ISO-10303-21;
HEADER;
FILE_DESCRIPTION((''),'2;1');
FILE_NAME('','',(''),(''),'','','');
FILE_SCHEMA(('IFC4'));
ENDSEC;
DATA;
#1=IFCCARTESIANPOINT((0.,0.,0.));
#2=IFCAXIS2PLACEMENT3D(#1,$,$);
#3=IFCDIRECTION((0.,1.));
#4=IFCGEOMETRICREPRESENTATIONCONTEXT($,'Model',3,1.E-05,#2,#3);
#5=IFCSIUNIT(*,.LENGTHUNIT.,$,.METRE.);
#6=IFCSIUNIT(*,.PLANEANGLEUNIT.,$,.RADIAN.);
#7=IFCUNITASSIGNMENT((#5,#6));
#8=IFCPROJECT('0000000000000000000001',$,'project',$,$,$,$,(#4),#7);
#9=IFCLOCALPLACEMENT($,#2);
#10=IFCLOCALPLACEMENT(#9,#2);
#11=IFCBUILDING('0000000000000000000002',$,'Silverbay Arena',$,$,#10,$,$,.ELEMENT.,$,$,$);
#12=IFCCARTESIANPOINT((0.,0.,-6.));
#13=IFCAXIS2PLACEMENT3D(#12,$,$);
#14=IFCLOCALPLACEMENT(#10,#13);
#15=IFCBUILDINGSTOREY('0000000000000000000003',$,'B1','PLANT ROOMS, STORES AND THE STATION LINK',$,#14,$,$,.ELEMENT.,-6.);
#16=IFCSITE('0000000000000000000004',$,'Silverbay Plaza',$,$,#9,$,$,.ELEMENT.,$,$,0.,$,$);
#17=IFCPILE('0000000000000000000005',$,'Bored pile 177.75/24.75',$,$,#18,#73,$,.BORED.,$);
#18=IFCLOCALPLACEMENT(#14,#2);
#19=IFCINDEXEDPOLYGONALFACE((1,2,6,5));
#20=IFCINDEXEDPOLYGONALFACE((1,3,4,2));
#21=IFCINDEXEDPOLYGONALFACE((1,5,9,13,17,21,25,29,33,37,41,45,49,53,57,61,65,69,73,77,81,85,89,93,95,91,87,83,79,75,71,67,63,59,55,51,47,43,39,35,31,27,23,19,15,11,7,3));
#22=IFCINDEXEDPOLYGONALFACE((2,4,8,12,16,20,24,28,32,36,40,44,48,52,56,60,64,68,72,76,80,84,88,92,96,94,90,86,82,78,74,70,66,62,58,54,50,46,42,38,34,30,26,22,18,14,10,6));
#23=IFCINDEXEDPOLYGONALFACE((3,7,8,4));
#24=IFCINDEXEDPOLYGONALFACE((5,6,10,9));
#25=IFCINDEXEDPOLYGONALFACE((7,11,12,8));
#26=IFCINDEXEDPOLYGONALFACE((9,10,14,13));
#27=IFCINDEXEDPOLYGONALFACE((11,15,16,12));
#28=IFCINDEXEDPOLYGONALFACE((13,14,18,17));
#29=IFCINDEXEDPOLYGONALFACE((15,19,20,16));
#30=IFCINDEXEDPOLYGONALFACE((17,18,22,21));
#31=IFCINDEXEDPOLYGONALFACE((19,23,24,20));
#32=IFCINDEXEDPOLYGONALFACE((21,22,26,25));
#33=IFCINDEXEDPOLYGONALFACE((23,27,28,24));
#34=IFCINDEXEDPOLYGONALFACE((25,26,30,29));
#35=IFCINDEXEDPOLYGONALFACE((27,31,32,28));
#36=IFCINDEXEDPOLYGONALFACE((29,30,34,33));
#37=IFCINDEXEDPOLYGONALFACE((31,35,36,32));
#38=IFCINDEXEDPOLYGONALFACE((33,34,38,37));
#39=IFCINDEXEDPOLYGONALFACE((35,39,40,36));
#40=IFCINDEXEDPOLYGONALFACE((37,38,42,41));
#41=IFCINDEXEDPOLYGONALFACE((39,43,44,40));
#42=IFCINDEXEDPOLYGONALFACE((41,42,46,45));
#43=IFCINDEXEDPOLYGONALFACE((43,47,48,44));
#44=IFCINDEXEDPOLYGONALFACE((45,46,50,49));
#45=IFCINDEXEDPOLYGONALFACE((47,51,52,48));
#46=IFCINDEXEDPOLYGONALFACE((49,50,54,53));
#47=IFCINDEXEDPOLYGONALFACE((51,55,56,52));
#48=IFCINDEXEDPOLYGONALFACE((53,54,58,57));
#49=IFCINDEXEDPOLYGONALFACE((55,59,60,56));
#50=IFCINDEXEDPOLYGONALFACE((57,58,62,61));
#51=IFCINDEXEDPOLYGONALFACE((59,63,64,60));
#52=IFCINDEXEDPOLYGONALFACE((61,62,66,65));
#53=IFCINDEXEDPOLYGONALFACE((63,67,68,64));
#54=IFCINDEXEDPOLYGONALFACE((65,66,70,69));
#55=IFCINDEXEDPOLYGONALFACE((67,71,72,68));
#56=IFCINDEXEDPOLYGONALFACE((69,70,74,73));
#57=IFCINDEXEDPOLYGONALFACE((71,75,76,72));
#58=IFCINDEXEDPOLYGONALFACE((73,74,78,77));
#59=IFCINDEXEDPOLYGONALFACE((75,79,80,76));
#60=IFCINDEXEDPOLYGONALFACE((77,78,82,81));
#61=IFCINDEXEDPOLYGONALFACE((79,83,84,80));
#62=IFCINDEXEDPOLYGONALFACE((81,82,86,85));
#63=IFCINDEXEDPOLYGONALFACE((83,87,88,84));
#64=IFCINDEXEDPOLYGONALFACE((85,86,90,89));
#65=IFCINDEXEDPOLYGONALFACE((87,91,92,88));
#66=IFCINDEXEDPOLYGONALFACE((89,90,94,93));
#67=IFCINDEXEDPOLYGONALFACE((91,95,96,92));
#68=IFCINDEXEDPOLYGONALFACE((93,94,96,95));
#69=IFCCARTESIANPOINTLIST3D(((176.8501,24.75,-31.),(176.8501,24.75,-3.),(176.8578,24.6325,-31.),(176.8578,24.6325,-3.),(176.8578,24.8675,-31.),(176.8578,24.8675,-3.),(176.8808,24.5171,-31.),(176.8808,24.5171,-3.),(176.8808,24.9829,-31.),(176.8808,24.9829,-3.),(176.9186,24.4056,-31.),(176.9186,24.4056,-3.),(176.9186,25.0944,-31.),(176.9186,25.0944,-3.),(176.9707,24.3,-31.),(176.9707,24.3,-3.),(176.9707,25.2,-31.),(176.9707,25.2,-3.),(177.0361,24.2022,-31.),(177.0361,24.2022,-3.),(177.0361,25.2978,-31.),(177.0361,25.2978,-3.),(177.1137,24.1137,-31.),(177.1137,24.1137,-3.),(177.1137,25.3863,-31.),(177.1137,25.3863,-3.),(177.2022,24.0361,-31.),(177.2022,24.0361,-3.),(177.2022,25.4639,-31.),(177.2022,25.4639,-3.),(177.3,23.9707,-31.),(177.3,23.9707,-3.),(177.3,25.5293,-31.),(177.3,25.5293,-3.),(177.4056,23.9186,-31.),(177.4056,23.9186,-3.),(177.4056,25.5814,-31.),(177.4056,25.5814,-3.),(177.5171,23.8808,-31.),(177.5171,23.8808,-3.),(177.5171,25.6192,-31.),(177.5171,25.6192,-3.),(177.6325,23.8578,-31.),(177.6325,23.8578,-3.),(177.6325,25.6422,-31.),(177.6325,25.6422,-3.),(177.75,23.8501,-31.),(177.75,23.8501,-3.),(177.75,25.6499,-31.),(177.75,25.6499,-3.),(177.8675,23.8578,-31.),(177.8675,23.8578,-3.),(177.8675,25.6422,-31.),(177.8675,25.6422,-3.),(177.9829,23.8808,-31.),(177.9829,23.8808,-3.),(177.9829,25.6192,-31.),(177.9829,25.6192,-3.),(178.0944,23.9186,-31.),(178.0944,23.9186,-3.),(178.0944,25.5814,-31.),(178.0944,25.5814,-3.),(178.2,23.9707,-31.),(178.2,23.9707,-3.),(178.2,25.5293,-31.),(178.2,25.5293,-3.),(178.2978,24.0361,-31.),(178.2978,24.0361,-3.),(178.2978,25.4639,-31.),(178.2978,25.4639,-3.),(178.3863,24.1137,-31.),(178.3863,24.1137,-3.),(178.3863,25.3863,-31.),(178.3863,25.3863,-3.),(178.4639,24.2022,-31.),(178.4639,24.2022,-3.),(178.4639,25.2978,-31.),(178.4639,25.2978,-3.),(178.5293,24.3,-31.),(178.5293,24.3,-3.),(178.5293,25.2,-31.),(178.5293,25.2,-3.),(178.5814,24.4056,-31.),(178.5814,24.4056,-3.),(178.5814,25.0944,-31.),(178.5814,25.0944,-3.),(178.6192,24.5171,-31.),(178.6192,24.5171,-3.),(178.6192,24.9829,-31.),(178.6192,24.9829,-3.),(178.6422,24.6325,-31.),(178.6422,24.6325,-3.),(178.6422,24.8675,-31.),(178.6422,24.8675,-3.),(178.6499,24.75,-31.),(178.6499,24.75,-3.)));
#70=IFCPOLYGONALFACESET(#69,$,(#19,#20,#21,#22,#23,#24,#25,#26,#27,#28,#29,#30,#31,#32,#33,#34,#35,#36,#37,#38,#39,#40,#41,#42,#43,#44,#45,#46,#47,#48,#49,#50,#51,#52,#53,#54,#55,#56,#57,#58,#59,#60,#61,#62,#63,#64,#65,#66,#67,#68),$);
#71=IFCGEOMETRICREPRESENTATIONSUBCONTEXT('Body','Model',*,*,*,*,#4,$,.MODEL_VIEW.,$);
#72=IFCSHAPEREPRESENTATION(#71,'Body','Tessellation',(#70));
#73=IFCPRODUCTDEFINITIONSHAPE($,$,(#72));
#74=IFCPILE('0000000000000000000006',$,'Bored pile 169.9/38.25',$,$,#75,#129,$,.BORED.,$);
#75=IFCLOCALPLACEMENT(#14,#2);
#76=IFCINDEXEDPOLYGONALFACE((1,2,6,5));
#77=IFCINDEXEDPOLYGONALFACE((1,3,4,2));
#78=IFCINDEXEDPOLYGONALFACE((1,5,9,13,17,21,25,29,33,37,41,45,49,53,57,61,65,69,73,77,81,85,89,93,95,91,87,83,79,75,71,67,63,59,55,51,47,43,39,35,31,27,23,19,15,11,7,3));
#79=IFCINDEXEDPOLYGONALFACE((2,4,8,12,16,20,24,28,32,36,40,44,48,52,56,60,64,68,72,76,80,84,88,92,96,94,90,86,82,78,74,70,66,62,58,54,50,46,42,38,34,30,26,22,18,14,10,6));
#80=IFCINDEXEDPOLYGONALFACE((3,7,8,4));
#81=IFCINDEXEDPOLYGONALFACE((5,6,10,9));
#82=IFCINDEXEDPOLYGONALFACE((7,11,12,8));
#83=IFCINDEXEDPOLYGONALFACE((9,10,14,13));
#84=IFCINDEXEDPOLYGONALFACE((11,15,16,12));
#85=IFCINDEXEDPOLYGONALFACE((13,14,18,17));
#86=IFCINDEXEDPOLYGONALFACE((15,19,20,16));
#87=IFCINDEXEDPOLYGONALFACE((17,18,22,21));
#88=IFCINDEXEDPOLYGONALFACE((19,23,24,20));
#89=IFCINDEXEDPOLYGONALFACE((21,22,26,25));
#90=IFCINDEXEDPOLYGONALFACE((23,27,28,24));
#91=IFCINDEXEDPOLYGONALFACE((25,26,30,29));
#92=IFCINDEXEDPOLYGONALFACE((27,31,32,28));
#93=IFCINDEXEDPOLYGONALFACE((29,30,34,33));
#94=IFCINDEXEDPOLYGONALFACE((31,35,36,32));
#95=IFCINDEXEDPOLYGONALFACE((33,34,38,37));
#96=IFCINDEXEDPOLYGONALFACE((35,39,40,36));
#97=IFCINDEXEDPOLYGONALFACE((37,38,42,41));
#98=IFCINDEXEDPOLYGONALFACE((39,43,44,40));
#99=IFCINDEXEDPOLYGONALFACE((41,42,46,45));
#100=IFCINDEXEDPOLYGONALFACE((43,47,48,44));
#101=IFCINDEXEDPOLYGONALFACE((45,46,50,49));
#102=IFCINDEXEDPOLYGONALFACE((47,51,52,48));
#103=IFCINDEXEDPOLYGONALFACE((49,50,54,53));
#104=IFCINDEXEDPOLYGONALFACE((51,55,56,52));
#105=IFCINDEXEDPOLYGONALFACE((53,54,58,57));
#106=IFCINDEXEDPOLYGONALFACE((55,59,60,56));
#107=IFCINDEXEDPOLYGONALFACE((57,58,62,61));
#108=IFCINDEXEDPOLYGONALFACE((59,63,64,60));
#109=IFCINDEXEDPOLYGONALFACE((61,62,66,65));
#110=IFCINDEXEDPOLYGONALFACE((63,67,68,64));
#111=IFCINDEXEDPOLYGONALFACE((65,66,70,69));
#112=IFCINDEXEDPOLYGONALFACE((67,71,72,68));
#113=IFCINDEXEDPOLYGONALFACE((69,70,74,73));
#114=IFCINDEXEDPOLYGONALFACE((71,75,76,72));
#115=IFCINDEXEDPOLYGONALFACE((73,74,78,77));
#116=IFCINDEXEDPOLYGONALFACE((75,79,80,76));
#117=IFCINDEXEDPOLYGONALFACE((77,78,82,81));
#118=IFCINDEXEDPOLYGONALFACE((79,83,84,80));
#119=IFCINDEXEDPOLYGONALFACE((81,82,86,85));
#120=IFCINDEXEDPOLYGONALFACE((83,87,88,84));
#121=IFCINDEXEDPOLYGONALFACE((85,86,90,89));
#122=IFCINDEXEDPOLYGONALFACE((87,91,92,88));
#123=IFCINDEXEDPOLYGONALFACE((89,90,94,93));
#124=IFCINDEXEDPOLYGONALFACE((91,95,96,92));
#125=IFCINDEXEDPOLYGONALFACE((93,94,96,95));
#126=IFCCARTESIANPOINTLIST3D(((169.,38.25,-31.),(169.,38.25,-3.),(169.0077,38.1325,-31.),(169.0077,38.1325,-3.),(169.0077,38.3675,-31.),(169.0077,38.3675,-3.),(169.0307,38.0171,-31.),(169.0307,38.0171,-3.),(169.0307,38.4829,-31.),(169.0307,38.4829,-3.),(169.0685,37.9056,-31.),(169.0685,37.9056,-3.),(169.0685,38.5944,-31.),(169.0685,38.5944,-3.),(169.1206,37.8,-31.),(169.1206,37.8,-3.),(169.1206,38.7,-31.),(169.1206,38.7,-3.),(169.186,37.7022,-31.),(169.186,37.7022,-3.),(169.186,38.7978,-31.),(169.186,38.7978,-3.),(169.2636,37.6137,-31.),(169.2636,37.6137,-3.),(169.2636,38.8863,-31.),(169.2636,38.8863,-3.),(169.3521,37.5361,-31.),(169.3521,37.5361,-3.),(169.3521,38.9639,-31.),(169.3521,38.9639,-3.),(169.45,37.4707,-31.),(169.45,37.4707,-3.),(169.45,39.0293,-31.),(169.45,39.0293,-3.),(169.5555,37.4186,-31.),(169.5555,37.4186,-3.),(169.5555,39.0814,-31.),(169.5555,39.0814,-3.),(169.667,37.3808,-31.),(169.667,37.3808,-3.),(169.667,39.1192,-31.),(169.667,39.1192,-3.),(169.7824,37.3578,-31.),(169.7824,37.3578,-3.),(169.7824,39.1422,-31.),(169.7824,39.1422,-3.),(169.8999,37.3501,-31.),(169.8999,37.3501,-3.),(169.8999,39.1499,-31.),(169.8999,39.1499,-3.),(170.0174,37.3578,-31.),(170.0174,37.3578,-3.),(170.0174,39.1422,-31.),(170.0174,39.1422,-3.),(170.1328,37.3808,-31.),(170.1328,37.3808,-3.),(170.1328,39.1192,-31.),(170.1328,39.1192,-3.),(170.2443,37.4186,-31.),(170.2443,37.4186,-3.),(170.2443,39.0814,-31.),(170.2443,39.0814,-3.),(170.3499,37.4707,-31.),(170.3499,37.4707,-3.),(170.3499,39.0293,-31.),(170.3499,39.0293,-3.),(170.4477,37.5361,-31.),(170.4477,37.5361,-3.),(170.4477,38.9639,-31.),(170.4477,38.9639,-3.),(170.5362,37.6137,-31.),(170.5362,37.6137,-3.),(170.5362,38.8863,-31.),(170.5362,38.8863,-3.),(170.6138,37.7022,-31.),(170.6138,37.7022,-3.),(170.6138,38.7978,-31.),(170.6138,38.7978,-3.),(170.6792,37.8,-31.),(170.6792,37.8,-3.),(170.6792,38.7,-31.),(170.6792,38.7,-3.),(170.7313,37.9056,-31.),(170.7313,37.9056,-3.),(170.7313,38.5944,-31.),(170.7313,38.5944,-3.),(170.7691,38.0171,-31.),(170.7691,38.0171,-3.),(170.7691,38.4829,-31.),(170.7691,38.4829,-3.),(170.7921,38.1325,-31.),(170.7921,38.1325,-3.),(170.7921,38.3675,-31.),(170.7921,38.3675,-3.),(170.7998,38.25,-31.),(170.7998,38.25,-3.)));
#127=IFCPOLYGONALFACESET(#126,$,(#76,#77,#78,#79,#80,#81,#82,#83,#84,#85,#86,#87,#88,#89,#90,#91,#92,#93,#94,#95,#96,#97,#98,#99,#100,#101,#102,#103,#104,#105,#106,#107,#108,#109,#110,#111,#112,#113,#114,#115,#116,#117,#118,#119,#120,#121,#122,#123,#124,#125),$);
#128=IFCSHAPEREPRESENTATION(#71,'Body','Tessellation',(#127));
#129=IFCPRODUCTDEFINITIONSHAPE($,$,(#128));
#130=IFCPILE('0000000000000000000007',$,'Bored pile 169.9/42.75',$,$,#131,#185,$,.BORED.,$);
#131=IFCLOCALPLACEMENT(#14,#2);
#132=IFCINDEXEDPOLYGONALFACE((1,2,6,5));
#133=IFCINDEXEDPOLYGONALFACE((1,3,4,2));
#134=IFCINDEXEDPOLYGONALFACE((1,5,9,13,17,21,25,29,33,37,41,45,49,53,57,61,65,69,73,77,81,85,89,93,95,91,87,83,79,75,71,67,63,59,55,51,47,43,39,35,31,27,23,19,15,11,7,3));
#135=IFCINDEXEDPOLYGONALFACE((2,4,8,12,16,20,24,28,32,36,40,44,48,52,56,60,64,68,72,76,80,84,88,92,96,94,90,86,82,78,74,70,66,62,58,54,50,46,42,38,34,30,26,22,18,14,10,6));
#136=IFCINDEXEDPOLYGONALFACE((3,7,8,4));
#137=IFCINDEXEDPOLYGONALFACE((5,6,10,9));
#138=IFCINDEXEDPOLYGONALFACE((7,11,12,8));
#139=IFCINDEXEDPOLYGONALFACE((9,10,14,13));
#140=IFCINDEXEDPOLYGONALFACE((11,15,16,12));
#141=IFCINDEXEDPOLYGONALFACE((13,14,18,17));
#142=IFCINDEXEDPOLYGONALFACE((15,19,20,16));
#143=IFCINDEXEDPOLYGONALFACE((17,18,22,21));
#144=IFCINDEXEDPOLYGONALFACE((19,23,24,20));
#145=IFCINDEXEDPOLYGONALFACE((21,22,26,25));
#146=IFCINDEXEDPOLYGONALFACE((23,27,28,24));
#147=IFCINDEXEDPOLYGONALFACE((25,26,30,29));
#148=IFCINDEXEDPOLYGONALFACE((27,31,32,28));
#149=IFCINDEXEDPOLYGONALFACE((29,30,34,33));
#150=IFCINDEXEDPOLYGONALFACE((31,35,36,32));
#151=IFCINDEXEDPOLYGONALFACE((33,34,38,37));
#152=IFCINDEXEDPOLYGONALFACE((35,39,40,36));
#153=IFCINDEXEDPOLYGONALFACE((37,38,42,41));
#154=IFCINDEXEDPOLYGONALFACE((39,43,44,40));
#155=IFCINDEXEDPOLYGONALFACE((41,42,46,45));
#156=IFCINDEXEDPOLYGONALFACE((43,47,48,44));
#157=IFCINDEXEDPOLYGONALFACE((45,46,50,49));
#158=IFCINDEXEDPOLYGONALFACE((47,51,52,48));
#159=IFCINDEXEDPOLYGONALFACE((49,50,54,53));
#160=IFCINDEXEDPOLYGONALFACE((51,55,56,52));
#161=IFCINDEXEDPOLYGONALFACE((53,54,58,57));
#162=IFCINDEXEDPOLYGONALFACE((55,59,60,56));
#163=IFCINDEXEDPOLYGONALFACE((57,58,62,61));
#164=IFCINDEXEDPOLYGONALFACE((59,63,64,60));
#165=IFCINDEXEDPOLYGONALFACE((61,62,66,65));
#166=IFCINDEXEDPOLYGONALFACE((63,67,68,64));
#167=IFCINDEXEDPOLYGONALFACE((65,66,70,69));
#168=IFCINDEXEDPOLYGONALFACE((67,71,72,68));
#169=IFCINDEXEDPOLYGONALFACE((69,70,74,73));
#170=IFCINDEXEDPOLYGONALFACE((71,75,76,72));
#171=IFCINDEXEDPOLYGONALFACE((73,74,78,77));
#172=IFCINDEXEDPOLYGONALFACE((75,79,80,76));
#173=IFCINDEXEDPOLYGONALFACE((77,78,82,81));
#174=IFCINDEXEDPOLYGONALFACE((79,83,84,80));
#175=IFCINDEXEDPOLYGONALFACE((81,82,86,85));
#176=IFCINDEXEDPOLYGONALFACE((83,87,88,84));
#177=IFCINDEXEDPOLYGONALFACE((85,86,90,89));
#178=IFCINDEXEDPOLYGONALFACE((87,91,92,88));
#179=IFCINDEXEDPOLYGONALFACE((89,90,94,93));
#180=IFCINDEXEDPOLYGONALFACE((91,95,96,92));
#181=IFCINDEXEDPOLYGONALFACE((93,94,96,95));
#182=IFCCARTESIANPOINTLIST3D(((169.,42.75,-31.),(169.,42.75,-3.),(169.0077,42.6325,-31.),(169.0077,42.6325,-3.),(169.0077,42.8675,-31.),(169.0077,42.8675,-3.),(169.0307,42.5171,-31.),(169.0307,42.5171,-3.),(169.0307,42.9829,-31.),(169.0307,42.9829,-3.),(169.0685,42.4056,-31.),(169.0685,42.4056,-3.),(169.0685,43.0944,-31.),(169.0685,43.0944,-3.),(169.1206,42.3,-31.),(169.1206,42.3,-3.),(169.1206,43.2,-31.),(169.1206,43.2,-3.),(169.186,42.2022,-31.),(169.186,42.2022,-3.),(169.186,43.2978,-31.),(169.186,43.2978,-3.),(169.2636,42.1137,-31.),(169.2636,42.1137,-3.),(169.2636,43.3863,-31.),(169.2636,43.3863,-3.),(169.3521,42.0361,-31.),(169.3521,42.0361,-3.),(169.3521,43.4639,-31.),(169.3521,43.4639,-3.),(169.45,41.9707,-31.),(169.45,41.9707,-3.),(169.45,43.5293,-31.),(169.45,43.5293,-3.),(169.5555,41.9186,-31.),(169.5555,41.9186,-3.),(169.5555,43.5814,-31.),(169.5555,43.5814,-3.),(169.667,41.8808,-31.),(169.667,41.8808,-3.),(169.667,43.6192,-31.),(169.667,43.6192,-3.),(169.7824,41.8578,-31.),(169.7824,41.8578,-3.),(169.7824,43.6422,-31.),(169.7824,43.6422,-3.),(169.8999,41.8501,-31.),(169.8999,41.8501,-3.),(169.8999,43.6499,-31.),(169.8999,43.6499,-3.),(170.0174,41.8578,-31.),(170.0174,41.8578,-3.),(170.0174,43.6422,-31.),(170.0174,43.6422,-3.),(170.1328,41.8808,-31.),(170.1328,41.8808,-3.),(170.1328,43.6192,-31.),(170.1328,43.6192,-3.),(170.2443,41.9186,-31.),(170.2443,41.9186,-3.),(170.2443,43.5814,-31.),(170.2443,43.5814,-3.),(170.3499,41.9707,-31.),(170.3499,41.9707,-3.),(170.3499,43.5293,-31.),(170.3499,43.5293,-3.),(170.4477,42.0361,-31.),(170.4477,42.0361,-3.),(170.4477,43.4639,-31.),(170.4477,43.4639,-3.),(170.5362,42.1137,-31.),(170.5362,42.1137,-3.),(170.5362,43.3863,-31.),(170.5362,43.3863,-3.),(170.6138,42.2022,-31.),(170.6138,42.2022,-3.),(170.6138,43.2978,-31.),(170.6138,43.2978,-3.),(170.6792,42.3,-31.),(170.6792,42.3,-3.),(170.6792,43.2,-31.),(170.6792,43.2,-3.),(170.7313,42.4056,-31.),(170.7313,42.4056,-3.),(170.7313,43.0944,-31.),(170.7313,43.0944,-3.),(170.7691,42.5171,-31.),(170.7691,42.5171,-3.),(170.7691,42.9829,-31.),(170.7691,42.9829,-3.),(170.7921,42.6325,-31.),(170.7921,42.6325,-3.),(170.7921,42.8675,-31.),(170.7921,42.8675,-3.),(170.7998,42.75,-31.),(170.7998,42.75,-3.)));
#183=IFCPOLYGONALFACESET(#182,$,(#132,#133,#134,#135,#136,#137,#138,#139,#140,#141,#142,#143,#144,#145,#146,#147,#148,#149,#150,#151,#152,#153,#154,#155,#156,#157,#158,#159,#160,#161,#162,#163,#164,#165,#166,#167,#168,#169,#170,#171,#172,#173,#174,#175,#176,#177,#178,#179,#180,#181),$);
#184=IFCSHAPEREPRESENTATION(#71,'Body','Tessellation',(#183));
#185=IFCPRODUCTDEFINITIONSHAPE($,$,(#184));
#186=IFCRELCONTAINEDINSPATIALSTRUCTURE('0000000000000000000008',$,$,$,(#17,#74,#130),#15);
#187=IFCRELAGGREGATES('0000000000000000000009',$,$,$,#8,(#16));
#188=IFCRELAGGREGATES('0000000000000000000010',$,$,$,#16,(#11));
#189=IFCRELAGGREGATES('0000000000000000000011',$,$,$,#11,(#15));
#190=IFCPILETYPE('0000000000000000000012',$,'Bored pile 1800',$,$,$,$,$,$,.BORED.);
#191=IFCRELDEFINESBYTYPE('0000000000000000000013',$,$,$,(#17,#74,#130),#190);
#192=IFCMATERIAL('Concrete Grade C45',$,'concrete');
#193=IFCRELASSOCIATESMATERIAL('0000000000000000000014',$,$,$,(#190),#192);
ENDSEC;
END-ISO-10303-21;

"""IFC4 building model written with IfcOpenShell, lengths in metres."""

from ifc_helpers import new_model, si_unit, direction, frame, origin, origin_2d, place, context, subcontext, project, spatial, circle, extrude, material, material_profile, profile_set, type_object, element, save


model = new_model("IFC4")

# Units and contexts
model_context = context("Model", 3, precision=1e-05, world=origin(), true_north=direction((0.0, 1.0)))
body_context = subcontext(model_context, "Body", "Model", "MODEL_VIEW")
ifc_project = project(units=[si_unit("LENGTHUNIT", "METRE"), si_unit("PLANEANGLEUNIT", "RADIAN")], contexts=[model_context])

# Site, building, storey
site_placement = place(None, origin())
site = spatial("IfcSite", under=ifc_project, at=site_placement, Name="Silverbay Plaza", CompositionType="ELEMENT", RefElevation=0.0)
building_placement = place(site_placement, origin())
building = spatial("IfcBuilding", under=site, at=building_placement, Name="Silverbay Arena", CompositionType="ELEMENT")
storey_placement = place(building_placement, frame((0.0, 0.0, -6.0)))
storey = spatial("IfcBuildingStorey", under=building, at=storey_placement, Name="B1", Description="PLANT ROOMS, STORES AND THE STATION LINK", CompositionType="ELEMENT", Elevation=-6.0)

# Piles
ifc_material_1 = material(Name="Concrete Grade C45", Category="concrete")
ifc_material_profile = material_profile(ifc_material_1, circle(Radius=0.8999, at=origin_2d()), Name="Bored pile 1800")
ifc_profile_set = profile_set([ifc_material_profile], Name="Concrete Grade C45")
pile_type = type_object("IfcPileType", Name="Bored pile 1800", PredefinedType="BORED", material=ifc_profile_set)
for number, where, z_axis, x_axis, name in (
    (1, (177.75, 24.75, -3.0), (0.0, 0.0, -1.0), (1.0, 0.0, 0.0), "Bored pile 177.75/24.75"),
    (2, (169.8999, 38.25, -3.0), (0.0, 0.0, -1.0), (1.0, 0.0, 0.0), "Bored pile 169.9/38.25"),
    (3, (169.8999, 42.75, -3.0), (0.0, 0.0, -1.0), (1.0, 0.0, 0.0), "Bored pile 169.9/42.75"),
):
    element("IfcPile", number, at=place(storey_placement, frame(where, z_axis=z_axis, x_axis=x_axis)), inside=storey, type_object=pile_type, Name=name, PredefinedType="BORED", context=body_context, shape_type="SweptSolid", body=[
        extrude(circle(Radius=0.8999, at=origin_2d()), origin(), (0.0, 0.0, 1.0), 28.0),
    ])

save(model, "model.ifc")
